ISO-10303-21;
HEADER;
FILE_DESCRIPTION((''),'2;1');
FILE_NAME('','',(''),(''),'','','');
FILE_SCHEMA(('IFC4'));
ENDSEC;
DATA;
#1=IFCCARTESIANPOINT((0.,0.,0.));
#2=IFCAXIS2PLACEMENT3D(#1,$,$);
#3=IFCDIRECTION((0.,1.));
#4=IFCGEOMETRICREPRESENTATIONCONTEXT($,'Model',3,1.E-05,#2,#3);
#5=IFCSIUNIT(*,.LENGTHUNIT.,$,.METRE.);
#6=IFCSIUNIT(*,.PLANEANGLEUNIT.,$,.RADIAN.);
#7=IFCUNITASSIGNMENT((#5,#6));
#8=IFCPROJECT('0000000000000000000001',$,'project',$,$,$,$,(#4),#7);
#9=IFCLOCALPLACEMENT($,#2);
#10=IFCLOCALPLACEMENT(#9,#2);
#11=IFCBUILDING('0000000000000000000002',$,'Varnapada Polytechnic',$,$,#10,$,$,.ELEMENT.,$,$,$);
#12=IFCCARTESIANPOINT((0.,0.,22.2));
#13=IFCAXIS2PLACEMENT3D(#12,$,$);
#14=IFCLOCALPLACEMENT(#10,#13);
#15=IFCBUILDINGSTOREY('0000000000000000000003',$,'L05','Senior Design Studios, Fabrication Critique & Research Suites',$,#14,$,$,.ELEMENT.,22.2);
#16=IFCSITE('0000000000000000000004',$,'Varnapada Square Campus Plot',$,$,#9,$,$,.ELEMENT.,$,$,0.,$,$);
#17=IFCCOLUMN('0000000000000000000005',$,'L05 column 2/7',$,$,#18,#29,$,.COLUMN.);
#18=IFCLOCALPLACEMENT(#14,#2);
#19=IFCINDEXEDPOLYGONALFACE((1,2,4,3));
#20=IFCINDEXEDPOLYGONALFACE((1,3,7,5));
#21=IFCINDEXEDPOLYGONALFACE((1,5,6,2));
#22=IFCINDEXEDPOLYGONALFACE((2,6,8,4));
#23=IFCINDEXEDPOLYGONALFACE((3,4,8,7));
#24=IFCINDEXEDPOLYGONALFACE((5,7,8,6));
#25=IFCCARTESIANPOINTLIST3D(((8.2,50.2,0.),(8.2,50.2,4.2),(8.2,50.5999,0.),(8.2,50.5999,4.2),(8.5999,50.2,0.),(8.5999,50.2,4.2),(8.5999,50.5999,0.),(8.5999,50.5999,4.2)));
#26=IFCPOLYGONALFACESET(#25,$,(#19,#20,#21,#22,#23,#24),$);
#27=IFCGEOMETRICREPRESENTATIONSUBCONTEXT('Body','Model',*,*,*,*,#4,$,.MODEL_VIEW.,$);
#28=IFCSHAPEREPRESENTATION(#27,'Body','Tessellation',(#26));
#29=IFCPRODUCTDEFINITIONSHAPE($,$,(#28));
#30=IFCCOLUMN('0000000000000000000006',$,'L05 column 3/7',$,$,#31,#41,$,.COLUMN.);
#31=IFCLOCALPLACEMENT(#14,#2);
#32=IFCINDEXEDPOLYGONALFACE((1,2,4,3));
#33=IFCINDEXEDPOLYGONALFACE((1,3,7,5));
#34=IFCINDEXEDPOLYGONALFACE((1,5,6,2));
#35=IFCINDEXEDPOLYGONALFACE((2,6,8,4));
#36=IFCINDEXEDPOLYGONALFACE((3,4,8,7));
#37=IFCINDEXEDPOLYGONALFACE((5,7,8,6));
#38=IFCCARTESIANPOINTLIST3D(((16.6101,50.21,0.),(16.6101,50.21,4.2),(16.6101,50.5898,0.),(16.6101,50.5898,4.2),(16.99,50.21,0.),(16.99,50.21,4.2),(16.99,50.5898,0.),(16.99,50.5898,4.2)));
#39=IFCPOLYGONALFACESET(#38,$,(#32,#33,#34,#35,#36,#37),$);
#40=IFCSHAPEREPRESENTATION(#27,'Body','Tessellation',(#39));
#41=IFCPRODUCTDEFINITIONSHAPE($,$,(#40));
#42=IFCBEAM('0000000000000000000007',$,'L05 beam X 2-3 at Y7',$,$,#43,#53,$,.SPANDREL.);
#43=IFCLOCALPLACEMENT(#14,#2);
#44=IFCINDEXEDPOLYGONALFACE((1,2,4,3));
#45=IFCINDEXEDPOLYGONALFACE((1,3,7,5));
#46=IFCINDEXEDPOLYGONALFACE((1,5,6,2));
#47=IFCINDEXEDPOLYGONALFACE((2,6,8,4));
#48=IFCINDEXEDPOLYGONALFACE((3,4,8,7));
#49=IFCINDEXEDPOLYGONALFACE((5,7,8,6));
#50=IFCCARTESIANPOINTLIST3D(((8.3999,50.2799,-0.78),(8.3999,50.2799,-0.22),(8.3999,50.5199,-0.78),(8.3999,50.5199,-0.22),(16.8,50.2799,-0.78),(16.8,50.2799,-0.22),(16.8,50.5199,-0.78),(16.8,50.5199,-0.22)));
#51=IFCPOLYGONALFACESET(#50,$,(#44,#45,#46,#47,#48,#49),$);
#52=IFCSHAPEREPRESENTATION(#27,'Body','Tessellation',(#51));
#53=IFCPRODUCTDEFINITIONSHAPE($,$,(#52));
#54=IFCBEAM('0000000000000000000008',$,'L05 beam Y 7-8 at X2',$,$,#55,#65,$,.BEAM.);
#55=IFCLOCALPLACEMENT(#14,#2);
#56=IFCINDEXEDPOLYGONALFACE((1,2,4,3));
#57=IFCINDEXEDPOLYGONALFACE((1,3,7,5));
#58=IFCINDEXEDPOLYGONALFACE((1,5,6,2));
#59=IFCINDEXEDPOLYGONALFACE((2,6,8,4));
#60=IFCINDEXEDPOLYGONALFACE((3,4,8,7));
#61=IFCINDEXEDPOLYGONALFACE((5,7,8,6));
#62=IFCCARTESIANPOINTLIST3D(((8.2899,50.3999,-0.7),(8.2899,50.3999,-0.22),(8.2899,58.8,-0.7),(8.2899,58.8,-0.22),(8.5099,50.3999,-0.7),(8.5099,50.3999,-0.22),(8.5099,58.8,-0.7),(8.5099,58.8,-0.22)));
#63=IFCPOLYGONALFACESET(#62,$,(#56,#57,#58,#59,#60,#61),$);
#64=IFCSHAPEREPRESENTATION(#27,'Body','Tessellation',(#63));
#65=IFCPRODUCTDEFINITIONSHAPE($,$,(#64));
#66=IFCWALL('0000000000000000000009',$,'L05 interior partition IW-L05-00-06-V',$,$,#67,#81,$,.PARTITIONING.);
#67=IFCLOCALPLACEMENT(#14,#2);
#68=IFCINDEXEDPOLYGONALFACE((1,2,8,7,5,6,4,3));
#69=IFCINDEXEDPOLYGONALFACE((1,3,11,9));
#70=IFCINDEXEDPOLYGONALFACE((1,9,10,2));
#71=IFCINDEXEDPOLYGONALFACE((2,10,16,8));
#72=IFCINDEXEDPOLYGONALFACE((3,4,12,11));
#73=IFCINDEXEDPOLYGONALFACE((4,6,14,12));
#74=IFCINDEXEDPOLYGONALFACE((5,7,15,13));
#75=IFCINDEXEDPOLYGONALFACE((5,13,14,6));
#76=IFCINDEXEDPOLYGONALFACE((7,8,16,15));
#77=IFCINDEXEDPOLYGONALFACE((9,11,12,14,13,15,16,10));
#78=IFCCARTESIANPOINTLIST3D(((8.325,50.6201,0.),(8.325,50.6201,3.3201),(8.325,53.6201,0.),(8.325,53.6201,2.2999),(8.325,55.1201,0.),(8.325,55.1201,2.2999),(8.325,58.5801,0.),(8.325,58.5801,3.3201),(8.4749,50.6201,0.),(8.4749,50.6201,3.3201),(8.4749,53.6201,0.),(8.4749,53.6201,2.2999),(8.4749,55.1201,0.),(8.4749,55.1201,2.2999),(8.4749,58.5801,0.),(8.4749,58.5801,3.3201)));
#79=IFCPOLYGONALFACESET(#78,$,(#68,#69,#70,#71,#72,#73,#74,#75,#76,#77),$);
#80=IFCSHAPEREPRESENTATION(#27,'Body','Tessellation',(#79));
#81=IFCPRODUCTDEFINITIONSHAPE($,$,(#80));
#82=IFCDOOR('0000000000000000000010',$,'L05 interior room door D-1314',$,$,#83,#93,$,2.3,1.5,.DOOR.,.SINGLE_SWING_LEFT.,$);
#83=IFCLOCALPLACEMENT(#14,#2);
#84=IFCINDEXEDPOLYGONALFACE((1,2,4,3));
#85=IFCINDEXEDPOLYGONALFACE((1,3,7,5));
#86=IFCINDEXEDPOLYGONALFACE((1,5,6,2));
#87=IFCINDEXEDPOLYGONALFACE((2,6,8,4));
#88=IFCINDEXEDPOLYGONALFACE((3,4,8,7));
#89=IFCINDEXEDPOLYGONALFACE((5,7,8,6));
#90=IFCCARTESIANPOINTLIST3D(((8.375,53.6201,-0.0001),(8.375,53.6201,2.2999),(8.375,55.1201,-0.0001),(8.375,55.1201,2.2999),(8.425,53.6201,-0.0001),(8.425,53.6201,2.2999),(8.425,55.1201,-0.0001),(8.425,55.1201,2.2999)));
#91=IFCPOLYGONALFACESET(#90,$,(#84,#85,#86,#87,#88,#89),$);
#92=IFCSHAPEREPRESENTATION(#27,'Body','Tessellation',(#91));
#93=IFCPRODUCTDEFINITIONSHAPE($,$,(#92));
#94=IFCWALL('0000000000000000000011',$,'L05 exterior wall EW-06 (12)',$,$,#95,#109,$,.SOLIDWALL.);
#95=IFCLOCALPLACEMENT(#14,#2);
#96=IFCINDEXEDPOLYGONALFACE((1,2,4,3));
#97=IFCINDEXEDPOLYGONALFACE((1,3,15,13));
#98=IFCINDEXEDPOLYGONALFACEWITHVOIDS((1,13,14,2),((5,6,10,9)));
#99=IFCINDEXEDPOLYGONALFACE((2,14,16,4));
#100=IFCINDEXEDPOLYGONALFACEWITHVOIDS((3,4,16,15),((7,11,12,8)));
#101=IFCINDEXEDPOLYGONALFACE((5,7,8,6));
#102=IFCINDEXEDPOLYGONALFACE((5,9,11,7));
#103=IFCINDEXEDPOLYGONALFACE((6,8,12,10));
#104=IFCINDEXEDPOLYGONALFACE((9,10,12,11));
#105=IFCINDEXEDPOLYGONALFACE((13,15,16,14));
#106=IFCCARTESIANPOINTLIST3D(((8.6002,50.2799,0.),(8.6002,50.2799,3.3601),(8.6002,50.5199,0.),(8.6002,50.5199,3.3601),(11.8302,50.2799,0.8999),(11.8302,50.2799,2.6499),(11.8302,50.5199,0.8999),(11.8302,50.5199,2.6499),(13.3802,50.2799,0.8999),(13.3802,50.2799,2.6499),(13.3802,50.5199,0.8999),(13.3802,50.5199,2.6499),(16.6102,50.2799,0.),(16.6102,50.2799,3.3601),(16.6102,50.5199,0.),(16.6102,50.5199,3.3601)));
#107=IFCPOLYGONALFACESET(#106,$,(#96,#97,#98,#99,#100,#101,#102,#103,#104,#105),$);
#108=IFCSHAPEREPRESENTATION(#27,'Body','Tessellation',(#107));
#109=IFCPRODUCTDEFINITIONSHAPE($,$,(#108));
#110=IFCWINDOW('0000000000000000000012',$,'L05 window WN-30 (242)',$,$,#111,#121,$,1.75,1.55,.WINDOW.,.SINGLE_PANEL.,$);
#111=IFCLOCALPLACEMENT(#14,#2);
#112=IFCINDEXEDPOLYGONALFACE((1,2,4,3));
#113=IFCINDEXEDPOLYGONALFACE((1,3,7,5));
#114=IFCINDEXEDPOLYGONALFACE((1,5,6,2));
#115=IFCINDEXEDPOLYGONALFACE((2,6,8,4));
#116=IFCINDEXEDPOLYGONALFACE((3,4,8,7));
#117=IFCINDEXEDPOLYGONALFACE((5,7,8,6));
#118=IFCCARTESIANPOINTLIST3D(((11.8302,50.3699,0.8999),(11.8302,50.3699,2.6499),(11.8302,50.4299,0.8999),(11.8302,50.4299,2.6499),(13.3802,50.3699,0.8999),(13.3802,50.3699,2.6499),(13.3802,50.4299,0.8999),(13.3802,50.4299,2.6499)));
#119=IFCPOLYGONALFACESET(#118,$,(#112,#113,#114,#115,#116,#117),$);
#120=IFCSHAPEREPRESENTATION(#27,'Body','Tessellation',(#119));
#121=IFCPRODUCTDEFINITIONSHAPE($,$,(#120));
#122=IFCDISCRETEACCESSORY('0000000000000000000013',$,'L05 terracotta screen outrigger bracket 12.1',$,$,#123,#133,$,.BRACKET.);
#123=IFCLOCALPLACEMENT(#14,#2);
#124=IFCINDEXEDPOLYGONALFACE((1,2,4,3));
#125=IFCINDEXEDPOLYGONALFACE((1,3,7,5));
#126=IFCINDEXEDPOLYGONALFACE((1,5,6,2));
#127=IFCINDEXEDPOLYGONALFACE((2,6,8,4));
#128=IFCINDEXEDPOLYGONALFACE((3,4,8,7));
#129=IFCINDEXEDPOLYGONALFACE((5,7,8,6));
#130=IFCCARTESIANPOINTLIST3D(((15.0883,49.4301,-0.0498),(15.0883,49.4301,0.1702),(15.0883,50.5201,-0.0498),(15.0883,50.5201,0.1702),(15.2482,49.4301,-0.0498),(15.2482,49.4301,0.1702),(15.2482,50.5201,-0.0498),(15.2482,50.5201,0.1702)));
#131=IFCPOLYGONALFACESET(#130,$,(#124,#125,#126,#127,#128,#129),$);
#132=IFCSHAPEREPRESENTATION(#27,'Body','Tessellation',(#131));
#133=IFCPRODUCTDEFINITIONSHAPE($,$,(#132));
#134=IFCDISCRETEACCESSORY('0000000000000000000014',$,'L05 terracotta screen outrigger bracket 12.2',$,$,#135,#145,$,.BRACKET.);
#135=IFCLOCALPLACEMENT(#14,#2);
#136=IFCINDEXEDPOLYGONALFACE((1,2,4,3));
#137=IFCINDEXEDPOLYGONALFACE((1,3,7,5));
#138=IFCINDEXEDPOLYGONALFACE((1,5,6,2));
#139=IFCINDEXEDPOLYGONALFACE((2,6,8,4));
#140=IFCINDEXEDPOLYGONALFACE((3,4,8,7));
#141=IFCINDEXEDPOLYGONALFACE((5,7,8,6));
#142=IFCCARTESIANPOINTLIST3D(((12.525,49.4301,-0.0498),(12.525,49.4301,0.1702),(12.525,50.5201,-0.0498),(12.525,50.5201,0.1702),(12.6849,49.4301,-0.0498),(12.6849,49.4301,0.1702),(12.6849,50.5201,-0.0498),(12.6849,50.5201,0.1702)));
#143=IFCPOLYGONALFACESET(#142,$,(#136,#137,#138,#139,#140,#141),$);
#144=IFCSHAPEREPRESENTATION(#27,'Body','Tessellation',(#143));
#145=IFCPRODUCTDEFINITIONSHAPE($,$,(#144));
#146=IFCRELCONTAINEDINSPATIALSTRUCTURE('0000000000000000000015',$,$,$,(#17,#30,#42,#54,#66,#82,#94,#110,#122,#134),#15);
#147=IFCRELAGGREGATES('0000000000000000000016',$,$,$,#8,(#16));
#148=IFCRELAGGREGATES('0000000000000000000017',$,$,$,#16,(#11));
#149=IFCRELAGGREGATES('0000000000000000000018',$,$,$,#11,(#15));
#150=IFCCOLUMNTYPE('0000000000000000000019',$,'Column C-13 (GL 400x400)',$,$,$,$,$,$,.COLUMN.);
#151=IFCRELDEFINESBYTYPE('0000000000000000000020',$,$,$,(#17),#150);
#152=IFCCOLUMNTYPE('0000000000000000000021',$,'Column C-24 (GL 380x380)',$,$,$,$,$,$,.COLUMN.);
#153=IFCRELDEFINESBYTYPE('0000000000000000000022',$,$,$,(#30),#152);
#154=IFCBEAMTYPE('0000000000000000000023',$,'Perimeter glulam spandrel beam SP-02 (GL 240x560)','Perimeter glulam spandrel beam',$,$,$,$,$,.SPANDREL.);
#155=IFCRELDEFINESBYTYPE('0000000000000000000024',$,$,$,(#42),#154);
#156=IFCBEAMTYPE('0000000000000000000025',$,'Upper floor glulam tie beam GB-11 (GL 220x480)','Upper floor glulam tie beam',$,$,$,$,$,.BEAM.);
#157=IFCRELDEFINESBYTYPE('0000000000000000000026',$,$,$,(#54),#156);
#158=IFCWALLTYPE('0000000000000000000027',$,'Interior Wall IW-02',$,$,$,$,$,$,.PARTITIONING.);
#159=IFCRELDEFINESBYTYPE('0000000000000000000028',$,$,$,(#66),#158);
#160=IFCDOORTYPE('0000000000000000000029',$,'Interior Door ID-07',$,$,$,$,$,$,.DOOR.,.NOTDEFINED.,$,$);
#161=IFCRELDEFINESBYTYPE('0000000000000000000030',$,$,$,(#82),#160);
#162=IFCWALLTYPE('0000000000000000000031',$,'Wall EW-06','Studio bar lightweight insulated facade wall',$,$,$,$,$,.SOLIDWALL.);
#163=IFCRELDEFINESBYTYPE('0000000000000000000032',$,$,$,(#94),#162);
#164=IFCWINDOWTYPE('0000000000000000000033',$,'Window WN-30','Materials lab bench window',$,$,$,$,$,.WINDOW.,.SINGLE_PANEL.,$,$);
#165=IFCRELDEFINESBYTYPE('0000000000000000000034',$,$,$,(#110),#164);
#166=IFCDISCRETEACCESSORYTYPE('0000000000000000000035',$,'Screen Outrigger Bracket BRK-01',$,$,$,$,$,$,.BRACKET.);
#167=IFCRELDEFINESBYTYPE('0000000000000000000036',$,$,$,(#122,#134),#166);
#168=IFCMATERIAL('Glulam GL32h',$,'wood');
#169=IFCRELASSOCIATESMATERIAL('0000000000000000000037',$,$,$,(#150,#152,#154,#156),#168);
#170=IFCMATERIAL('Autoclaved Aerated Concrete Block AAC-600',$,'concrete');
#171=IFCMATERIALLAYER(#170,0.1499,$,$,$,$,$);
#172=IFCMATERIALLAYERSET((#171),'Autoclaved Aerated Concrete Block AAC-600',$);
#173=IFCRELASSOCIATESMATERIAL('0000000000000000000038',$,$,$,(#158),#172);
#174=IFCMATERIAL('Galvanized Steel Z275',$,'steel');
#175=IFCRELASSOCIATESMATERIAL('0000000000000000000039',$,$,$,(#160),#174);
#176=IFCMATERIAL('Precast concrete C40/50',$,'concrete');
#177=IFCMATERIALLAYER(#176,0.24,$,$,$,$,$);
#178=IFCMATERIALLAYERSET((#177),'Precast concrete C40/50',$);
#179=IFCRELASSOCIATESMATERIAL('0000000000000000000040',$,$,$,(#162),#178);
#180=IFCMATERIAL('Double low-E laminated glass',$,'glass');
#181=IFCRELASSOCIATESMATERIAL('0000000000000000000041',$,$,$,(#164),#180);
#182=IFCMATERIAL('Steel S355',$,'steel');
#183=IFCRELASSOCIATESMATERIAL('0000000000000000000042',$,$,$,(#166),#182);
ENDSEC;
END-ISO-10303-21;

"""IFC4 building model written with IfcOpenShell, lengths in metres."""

from ifc_helpers import new_model, si_unit, direction, frame, frame_2d, origin, origin_2d, place, context, subcontext, project, spatial, rectangle, extrude, material, layer, layer_set, material_profile, profile_set, type_object, element, fill, save


model = new_model("IFC4")

# Units and contexts
model_context = context("Model", 3, precision=1e-05, world=origin(), true_north=direction((0.0, 1.0)))
body_context = subcontext(model_context, "Body", "Model", "MODEL_VIEW")
ifc_project = project(units=[si_unit("LENGTHUNIT", "METRE"), si_unit("PLANEANGLEUNIT", "RADIAN")], contexts=[model_context])

# Site, building, storey
site_placement = place(None, origin())
site = spatial("IfcSite", under=ifc_project, at=site_placement, Name="Varnapada Square Campus Plot", CompositionType="ELEMENT", RefElevation=0.0)
building_placement = place(site_placement, origin())
building = spatial("IfcBuilding", under=site, at=building_placement, Name="Varnapada Polytechnic", CompositionType="ELEMENT")
storey_placement = place(building_placement, frame((0.0, 0.0, 22.2)))
storey = spatial("IfcBuildingStorey", under=building, at=storey_placement, Name="L05", Description="Senior Design Studios, Fabrication Critique & Research Suites", CompositionType="ELEMENT", Elevation=22.2)

# Columns
ifc_material_1 = material(Name="Glulam GL32h", Category="wood")
ifc_material_profile_1 = material_profile(ifc_material_1, rectangle(XDim=0.3999, YDim=0.3999, at=origin_2d()), Name="GL 400x400")
ifc_profile_set_1 = profile_set([ifc_material_profile_1], Name="Glulam GL32h")
column_type_1 = type_object("IfcColumnType", Name="Column C-13 (GL 400x400)", PredefinedType="COLUMN", material=ifc_profile_set_1)
column_1_placement = place(storey_placement, frame((8.3999, 50.3999, 0.0), z_axis=(0.0, 0.0, 1.0), x_axis=(1.0, 0.0, 0.0)))
element("IfcColumn", 1, at=column_1_placement, inside=storey, type_object=column_type_1, Name="L05 column 2/7", PredefinedType="COLUMN", context=body_context, shape_type="SweptSolid", body=[
    extrude(rectangle(XDim=0.3999, YDim=0.3999, at=origin_2d()), origin(), (0.0, 0.0, 1.0), 4.2),
])
ifc_material_profile_2 = material_profile(ifc_material_1, rectangle(XDim=0.3799, YDim=0.3799, at=origin_2d()), Name="GL 380x380")
ifc_profile_set_2 = profile_set([ifc_material_profile_2], Name="Glulam GL32h")
column_type_2 = type_object("IfcColumnType", Name="Column C-24 (GL 380x380)", PredefinedType="COLUMN", material=ifc_profile_set_2)
column_2_placement = place(storey_placement, frame((16.8, 50.3999, 0.0), z_axis=(0.0, 0.0, 1.0), x_axis=(1.0, 0.0, 0.0)))
element("IfcColumn", 2, at=column_2_placement, inside=storey, type_object=column_type_2, Name="L05 column 3/7", PredefinedType="COLUMN", context=body_context, shape_type="SweptSolid", body=[
    extrude(rectangle(XDim=0.3799, YDim=0.3799, at=origin_2d()), origin(), (0.0, 0.0, 1.0), 4.2),
])

# Beams
ifc_material_profile_3 = material_profile(ifc_material_1, rectangle(XDim=0.24, YDim=0.5601, at=origin_2d()), Name="GL 240x560")
ifc_profile_set_3 = profile_set([ifc_material_profile_3], Name="Glulam GL32h")
beam_type_1 = type_object("IfcBeamType", Name="Perimeter glulam spandrel beam SP-02 (GL 240x560)", Description="Perimeter glulam spandrel beam", PredefinedType="SPANDREL", material=ifc_profile_set_3)
beam_1_placement = place(storey_placement, frame((8.3999, 50.3999, -0.5), z_axis=(1.0, 0.0, 0.0), x_axis=(0.0, 1.0, 0.0)))
element("IfcBeam", 3, at=beam_1_placement, inside=storey, type_object=beam_type_1, Name="L05 beam X 2-3 at Y7", PredefinedType="SPANDREL", context=body_context, shape_type="SweptSolid", body=[
    extrude(rectangle(XDim=0.24, YDim=0.5601, at=origin_2d()), origin(), (0.0, 0.0, 1.0), 8.4001),
])
ifc_material_profile_4 = material_profile(ifc_material_1, rectangle(XDim=0.22, YDim=0.48, at=origin_2d()), Name="GL 220x480")
ifc_profile_set_4 = profile_set([ifc_material_profile_4], Name="Glulam GL32h")
beam_type_2 = type_object("IfcBeamType", Name="Upper floor glulam tie beam GB-11 (GL 220x480)", Description="Upper floor glulam tie beam", PredefinedType="BEAM", material=ifc_profile_set_4)
beam_2_placement = place(storey_placement, frame((8.3999, 50.3999, -0.46), z_axis=(0.0, 1.0, 0.0), x_axis=(-1.0, 0.0, 0.0)))
element("IfcBeam", 4, at=beam_2_placement, inside=storey, type_object=beam_type_2, Name="L05 beam Y 7-8 at X2", PredefinedType="BEAM", context=body_context, shape_type="SweptSolid", body=[
    extrude(rectangle(XDim=0.22, YDim=0.48, at=origin_2d()), origin(), (0.0, 0.0, 1.0), 8.4001),
])

# Wall, opening, door
ifc_material_2 = material(Name="Autoclaved Aerated Concrete Block AAC-600", Category="concrete")
ifc_layer_1 = layer(ifc_material_2, 0.1499)
ifc_layer_set_1 = layer_set([ifc_layer_1], Name="Autoclaved Aerated Concrete Block AAC-600")
wall_type_1 = type_object("IfcWallType", Name="Interior Wall IW-02", PredefinedType="PARTITIONING", material=ifc_layer_set_1)
wall_1_placement = place(storey_placement, frame((8.3999, 50.6201, 0.0), z_axis=(0.0, 0.0, 1.0), x_axis=(0.0, 1.0, 0.0)))
wall_1 = element("IfcWall", 5, at=wall_1_placement, inside=storey, type_object=wall_type_1, Name="L05 interior partition IW-L05-00-06-V", PredefinedType="PARTITIONING", context=body_context, shape_type="SweptSolid", body=[
    extrude(rectangle(XDim=7.96, YDim=0.1499, at=frame_2d((3.98, 0.0))), origin(), (0.0, 0.0, 1.0), 3.3201),
])
opening_1_placement = place(wall_1_placement, frame((3.0, 0.0, 0.0)))
opening_1 = element("IfcOpeningElement", 6, at=opening_1_placement, cuts=wall_1, PredefinedType="OPENING", context=body_context, shape_type="SweptSolid", body=[
    extrude(rectangle(XDim=1.5, YDim=2.3, at=frame_2d((0.75, 1.1499))), frame((0.0, 0.085, 0.0), z_axis=(0.0, -1.0, 0.0), x_axis=(1.0, 0.0, 0.0)), (0.0, 0.0, 1.0), 0.1699),
])
ifc_material_3 = material(Name="Galvanized Steel Z275", Category="steel")
door_type = type_object("IfcDoorType", Name="Interior Door ID-07", OperationType="NOTDEFINED", PredefinedType="DOOR", material=ifc_material_3)
door_placement = place(opening_1_placement, origin())
door = element("IfcDoor", 7, at=door_placement, inside=storey, type_object=door_type, Name="L05 interior room door D-1314", OperationType="SINGLE_SWING_LEFT", OverallHeight=2.3, OverallWidth=1.5, PredefinedType="DOOR", context=body_context, shape_type="SweptSolid", body=[
    extrude(rectangle(XDim=1.5, YDim=2.3, at=frame_2d((0.75, 1.1499))), frame((0.0, 0.0249, 0.0), z_axis=(0.0, -1.0, 0.0), x_axis=(1.0, 0.0, 0.0)), (0.0, 0.0, 1.0), 0.05),
])
fill(opening_1, door)

# Wall, opening, window
ifc_material_4 = material(Name="Precast concrete C40/50", Category="concrete")
ifc_layer_2 = layer(ifc_material_4, 0.24)
ifc_layer_set_2 = layer_set([ifc_layer_2], Name="Precast concrete C40/50")
wall_type_2 = type_object("IfcWallType", Name="Wall EW-06", Description="Studio bar lightweight insulated facade wall", PredefinedType="SOLIDWALL", material=ifc_layer_set_2)
wall_2_placement = place(storey_placement, frame((16.6101, 50.3999, 0.0), z_axis=(0.0, 0.0, 1.0), x_axis=(-1.0, 0.0, 0.0)))
wall_2 = element("IfcWall", 8, at=wall_2_placement, inside=storey, type_object=wall_type_2, Name="L05 exterior wall EW-06 (12)", PredefinedType="SOLIDWALL", context=body_context, shape_type="SweptSolid", body=[
    extrude(rectangle(XDim=8.01, YDim=0.24, at=frame_2d((4.0049, 0.0))), origin(), (0.0, 0.0, 1.0), 3.3601),
])
opening_2_placement = place(wall_2_placement, frame((3.23, 0.0, 0.8999)))
opening_2 = element("IfcOpeningElement", 9, at=opening_2_placement, cuts=wall_2, PredefinedType="OPENING", context=body_context, shape_type="SweptSolid", body=[
    extrude(rectangle(XDim=1.55, YDim=1.75, at=frame_2d((0.7749, 0.875))), frame((0.0, 0.1299, 0.0), z_axis=(0.0, -1.0, 0.0), x_axis=(1.0, 0.0, 0.0)), (0.0, 0.0, 1.0), 0.26),
])
ifc_material_5 = material(Name="Double low-E laminated glass", Category="glass")
window_type = type_object("IfcWindowType", Name="Window WN-30", Description="Materials lab bench window", PartitioningType="SINGLE_PANEL", PredefinedType="WINDOW", material=ifc_material_5)
window_placement = place(opening_2_placement, origin())
window = element("IfcWindow", 10, at=window_placement, inside=storey, type_object=window_type, Name="L05 window WN-30 (242)", OverallHeight=1.75, OverallWidth=1.55, PartitioningType="SINGLE_PANEL", PredefinedType="WINDOW", context=body_context, shape_type="SweptSolid", body=[
    extrude(rectangle(XDim=1.55, YDim=1.75, at=frame_2d((0.7749, 0.875))), frame((0.0, 0.03, 0.0), z_axis=(0.0, -1.0, 0.0), x_axis=(1.0, 0.0, 0.0)), (0.0, 0.0, 1.0), 0.0601),
])
fill(opening_2, window)

# Discrete accessories
ifc_material_6 = material(Name="Steel S355", Category="steel")
discrete_accessory_type = type_object("IfcDiscreteAccessoryType", Name="Screen Outrigger Bracket BRK-01", PredefinedType="BRACKET", material=ifc_material_6)
for number, where, z_axis, x_axis, name in (
    (11, (15.1682, 49.9751, -0.0498), (0.0, 0.0, 1.0), (-1.0, 0.0, 0.0), "L05 terracotta screen outrigger bracket 12.1"),
    (12, (12.605, 49.9751, -0.0498), (0.0, 0.0, 1.0), (-1.0, 0.0, 0.0), "L05 terracotta screen outrigger bracket 12.2"),
):
    element("IfcDiscreteAccessory", number, at=place(storey_placement, frame(where, z_axis=z_axis, x_axis=x_axis)), inside=storey, type_object=discrete_accessory_type, Name=name, PredefinedType="BRACKET", context=body_context, shape_type="SweptSolid", body=[
        extrude(rectangle(XDim=0.1599, YDim=1.0901, at=origin_2d()), origin(), (0.0, 0.0, 1.0), 0.22),
    ])

save(model, "model.ifc")
